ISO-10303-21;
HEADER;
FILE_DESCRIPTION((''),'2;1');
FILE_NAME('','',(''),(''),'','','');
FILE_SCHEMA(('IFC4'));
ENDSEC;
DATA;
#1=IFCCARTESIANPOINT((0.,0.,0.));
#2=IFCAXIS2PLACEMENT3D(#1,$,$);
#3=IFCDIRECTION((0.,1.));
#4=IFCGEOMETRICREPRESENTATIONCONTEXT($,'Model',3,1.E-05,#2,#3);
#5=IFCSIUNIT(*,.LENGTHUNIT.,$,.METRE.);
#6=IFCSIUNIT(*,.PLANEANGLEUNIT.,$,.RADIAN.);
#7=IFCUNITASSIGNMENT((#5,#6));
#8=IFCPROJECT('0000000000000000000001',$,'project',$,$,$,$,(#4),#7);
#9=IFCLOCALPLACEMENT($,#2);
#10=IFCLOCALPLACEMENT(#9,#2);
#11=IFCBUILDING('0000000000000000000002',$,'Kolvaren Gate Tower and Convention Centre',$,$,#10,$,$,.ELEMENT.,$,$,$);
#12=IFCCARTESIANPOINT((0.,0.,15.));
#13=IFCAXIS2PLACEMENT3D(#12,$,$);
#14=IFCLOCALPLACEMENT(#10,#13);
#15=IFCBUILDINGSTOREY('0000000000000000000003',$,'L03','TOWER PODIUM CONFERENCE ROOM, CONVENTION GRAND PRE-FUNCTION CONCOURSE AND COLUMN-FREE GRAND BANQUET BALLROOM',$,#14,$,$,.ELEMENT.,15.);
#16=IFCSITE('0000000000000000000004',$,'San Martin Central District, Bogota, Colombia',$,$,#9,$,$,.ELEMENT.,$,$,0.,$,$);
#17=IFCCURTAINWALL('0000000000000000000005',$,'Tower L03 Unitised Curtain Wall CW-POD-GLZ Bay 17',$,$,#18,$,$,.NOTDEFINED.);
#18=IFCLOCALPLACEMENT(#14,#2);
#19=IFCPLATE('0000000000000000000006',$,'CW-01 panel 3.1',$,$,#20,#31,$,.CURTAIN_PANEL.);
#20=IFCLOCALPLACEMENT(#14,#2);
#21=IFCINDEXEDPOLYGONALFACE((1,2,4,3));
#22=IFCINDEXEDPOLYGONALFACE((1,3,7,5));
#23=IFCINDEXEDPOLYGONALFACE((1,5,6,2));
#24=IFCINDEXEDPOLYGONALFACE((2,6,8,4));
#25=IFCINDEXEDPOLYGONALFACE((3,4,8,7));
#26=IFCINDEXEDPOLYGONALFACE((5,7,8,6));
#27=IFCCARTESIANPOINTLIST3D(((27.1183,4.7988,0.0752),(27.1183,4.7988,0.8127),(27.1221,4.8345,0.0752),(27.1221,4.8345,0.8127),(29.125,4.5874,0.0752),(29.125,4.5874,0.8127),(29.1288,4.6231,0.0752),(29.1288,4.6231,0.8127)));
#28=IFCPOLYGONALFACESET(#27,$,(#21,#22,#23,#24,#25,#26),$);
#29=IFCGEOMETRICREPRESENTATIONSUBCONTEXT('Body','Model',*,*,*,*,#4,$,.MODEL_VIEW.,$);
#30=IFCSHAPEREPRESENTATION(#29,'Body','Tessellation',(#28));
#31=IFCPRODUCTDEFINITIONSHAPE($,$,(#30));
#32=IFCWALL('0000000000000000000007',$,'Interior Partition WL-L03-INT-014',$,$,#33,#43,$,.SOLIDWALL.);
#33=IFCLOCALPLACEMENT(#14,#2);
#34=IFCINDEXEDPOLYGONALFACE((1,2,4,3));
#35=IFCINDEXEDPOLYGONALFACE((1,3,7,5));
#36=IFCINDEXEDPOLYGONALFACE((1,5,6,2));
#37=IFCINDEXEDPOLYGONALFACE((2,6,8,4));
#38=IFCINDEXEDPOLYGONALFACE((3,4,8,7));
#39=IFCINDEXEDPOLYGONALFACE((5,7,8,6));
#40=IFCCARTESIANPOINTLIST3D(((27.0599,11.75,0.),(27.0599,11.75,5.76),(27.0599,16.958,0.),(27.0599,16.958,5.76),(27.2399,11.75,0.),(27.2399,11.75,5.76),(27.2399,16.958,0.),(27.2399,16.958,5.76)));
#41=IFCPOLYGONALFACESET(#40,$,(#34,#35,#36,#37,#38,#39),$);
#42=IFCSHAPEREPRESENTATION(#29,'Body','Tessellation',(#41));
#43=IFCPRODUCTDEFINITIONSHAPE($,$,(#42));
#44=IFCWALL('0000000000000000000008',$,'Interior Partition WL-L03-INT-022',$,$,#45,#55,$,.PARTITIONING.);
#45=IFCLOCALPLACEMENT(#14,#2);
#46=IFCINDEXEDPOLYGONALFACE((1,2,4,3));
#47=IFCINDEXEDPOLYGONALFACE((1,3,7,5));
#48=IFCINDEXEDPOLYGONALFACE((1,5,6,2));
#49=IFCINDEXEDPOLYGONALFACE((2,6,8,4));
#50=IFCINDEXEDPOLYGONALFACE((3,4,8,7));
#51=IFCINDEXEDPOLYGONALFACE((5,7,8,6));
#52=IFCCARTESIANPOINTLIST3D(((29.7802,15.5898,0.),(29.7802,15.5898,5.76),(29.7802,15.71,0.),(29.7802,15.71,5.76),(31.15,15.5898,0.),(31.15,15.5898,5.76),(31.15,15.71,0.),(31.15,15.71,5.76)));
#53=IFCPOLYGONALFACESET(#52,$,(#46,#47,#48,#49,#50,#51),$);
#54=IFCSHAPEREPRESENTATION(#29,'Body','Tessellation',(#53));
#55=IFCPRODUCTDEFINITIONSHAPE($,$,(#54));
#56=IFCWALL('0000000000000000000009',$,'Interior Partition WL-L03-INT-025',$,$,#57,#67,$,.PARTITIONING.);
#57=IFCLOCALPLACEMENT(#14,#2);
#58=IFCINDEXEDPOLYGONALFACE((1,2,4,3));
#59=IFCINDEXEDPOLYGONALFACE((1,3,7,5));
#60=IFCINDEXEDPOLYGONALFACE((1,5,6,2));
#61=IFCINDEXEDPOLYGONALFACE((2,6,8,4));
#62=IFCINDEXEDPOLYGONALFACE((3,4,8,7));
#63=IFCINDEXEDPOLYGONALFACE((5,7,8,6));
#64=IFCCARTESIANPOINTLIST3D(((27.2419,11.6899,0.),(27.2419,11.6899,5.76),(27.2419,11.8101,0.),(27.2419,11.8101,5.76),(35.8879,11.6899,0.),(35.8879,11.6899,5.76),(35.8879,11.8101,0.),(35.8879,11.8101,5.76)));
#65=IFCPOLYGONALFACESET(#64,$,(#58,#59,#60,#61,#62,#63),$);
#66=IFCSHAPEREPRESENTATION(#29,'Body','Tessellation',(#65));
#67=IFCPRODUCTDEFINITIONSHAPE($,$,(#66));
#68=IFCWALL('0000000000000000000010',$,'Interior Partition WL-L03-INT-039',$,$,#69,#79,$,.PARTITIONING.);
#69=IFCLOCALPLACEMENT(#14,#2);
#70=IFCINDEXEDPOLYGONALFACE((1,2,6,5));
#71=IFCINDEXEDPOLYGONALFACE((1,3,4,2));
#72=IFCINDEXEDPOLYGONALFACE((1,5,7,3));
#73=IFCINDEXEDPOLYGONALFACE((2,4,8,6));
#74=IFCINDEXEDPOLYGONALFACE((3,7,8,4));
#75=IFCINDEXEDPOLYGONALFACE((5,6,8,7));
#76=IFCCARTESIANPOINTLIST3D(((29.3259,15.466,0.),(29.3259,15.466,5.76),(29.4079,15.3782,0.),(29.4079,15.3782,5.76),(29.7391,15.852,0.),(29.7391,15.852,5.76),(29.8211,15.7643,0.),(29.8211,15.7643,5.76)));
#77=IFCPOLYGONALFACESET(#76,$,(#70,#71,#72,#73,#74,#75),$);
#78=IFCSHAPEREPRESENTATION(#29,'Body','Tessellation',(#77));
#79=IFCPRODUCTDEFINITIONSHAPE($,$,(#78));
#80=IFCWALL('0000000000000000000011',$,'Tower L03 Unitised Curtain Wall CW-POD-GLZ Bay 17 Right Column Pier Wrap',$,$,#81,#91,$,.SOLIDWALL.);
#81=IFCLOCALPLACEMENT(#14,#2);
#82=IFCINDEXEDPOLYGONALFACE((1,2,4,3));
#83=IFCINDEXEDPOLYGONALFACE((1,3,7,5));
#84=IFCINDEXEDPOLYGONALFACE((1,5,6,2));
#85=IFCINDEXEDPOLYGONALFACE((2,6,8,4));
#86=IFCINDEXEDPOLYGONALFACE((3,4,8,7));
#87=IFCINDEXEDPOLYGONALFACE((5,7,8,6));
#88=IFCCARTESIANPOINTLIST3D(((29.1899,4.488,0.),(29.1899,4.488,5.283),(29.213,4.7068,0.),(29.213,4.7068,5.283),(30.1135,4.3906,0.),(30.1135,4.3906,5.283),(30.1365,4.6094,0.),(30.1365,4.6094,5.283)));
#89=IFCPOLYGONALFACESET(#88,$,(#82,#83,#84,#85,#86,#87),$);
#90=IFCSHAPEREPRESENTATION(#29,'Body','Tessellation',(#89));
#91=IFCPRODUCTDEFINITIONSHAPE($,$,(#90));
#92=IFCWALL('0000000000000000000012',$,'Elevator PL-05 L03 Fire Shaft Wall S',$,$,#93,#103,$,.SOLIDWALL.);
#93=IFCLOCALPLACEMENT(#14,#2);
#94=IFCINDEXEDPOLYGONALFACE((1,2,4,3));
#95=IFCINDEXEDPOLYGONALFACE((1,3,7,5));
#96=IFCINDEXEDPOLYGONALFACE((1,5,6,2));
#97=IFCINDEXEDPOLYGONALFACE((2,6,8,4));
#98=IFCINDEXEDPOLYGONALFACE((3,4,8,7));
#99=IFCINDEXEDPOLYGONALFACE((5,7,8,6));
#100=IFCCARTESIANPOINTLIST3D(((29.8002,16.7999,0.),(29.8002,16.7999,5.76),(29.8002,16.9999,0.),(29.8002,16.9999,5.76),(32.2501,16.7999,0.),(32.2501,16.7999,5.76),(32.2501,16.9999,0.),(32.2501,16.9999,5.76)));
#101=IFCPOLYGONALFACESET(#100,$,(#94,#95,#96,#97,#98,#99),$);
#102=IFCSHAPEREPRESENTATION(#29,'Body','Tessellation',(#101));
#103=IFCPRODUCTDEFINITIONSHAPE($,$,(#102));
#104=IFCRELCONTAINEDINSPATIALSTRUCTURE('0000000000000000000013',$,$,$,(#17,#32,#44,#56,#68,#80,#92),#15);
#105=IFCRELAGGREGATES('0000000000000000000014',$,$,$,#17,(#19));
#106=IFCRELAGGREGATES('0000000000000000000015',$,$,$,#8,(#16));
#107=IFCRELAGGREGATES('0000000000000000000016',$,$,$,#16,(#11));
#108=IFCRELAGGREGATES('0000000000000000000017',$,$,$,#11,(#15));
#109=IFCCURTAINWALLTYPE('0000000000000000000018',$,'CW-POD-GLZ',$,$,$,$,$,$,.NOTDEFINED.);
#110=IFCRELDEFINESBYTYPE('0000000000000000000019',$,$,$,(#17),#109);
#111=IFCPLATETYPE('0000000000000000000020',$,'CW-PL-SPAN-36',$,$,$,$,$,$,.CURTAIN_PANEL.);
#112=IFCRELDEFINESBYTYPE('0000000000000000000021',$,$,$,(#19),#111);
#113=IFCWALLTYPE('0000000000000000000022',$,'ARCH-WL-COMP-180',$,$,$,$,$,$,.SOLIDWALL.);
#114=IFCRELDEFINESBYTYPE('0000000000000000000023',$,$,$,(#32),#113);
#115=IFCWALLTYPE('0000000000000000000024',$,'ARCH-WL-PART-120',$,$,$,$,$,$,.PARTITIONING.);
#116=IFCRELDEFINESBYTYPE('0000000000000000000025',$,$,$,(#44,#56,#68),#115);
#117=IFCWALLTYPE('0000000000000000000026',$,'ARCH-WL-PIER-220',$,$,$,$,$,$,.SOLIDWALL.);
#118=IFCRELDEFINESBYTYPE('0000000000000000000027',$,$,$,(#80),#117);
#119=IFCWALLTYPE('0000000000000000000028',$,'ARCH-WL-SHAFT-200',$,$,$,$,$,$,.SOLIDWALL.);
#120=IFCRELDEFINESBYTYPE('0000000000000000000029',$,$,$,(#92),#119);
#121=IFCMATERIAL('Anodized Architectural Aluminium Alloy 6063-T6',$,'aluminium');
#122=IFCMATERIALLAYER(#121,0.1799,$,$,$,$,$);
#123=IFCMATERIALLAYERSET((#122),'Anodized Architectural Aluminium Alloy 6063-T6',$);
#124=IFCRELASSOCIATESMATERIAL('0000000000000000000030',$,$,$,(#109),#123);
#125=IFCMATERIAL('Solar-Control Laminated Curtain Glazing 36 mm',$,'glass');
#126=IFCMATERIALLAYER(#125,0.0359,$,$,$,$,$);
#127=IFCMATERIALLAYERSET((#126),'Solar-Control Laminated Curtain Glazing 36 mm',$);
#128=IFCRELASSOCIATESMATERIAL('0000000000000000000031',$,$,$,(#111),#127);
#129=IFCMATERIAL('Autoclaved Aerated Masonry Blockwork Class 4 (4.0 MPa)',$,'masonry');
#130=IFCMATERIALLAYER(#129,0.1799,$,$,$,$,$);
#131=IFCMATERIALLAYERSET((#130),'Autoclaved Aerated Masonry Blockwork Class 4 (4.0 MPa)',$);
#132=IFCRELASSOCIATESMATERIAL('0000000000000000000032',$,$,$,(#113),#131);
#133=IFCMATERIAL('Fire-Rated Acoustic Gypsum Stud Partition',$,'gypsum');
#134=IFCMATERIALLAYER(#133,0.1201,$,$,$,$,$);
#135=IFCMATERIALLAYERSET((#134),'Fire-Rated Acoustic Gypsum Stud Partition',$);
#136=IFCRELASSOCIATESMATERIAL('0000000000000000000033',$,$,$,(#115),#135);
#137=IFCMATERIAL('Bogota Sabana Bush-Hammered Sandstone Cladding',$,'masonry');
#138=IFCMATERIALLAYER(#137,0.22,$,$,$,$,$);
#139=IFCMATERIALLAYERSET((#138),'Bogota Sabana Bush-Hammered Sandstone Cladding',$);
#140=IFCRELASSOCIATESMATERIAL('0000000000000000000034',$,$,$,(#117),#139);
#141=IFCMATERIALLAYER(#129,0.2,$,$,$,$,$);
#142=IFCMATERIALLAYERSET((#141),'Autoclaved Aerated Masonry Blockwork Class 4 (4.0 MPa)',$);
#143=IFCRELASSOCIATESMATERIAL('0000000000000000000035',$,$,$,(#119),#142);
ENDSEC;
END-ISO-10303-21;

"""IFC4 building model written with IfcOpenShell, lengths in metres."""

from ifc_helpers import new_model, si_unit, direction, frame, frame_2d, origin, origin_2d, place, context, subcontext, project, spatial, rectangle, extrude, material, layer, layer_set, type_object, element, aggregate, save


model = new_model("IFC4")

# Units and contexts
model_context = context("Model", 3, precision=1e-05, world=origin(), true_north=direction((0.0, 1.0)))
body_context = subcontext(model_context, "Body", "Model", "MODEL_VIEW")
ifc_project = project(units=[si_unit("LENGTHUNIT", "METRE"), si_unit("PLANEANGLEUNIT", "RADIAN")], contexts=[model_context])

# Site, building, storey
site_placement = place(None, origin())
site = spatial("IfcSite", under=ifc_project, at=site_placement, Name="San Martin Central District, Bogota, Colombia", CompositionType="ELEMENT", RefElevation=0.0)
building_placement = place(site_placement, origin())
building = spatial("IfcBuilding", under=site, at=building_placement, Name="Kolvaren Gate Tower and Convention Centre", CompositionType="ELEMENT")
storey_placement = place(building_placement, frame((0.0, 0.0, 15.0)))
storey = spatial("IfcBuildingStorey", under=building, at=storey_placement, Name="L03", Description="TOWER PODIUM CONFERENCE ROOM, CONVENTION GRAND PRE-FUNCTION CONCOURSE AND COLUMN-FREE GRAND BANQUET BALLROOM", CompositionType="ELEMENT", Elevation=15.0)

# Curtain wall
ifc_material_1 = material(Name="Anodized Architectural Aluminium Alloy 6063-T6", Category="aluminium")
ifc_layer_1 = layer(ifc_material_1, 0.1799)
ifc_layer_set_1 = layer_set([ifc_layer_1], Name="Anodized Architectural Aluminium Alloy 6063-T6")
curtain_wall_type = type_object("IfcCurtainWallType", Name="CW-POD-GLZ", PredefinedType="NOTDEFINED", material=ifc_layer_set_1)
curtain_wall_placement = place(storey_placement, origin())
curtain_wall = element("IfcCurtainWall", 1, at=curtain_wall_placement, inside=storey, type_object=curtain_wall_type, Name="Tower L03 Unitised Curtain Wall CW-POD-GLZ Bay 17", PredefinedType="NOTDEFINED")

# Plate
ifc_material_2 = material(Name="Solar-Control Laminated Curtain Glazing 36 mm", Category="glass")
ifc_layer_2 = layer(ifc_material_2, 0.0359)
ifc_layer_set_2 = layer_set([ifc_layer_2], Name="Solar-Control Laminated Curtain Glazing 36 mm")
plate_type_1 = type_object("IfcPlateType", Name="CW-PL-SPAN-36", PredefinedType="CURTAIN_PANEL", material=ifc_layer_set_2)
plate_1_placement = place(storey_placement, frame((28.1235, 4.7109, 0.0752), z_axis=(0.0, 0.0, 1.0), x_axis=(0.994499, -0.104742, 0.0)))
plate_1 = element("IfcPlate", 2, at=plate_1_placement, type_object=plate_type_1, Name="CW-01 panel 3.1", PredefinedType="CURTAIN_PANEL", context=body_context, shape_type="SweptSolid", body=[
    extrude(rectangle(XDim=2.0178, YDim=0.0359, at=origin_2d()), origin(), (0.0, 0.0, 1.0), 0.7375),
])
aggregate(curtain_wall, [plate_1])

# Walls
ifc_material_3 = material(Name="Autoclaved Aerated Masonry Blockwork Class 4 (4.0 MPa)", Category="masonry")
ifc_layer_3 = layer(ifc_material_3, 0.1799)
ifc_layer_set_3 = layer_set([ifc_layer_3], Name="Autoclaved Aerated Masonry Blockwork Class 4 (4.0 MPa)")
wall_type_1 = type_object("IfcWallType", Name="ARCH-WL-COMP-180", PredefinedType="SOLIDWALL", material=ifc_layer_set_3)
wall_1_placement = place(storey_placement, frame((27.1499, 11.75, 0.0), z_axis=(0.0, 0.0, 1.0), x_axis=(0.0, 1.0, 0.0)))
element("IfcWall", 3, at=wall_1_placement, inside=storey, type_object=wall_type_1, Name="Interior Partition WL-L03-INT-014", PredefinedType="SOLIDWALL", context=body_context, shape_type="SweptSolid", body=[
    extrude(rectangle(XDim=5.208, YDim=0.1799, at=frame_2d((2.604, 0.0))), origin(), (0.0, 0.0, 1.0), 5.76),
])
ifc_material_4 = material(Name="Fire-Rated Acoustic Gypsum Stud Partition", Category="gypsum")
ifc_layer_4 = layer(ifc_material_4, 0.1201)
ifc_layer_set_4 = layer_set([ifc_layer_4], Name="Fire-Rated Acoustic Gypsum Stud Partition")
wall_type_2 = type_object("IfcWallType", Name="ARCH-WL-PART-120", PredefinedType="PARTITIONING", material=ifc_layer_set_4)
wall_2_placement = place(storey_placement, frame((29.78, 15.6499, 0.0), z_axis=(0.0, 0.0, 1.0), x_axis=(1.0, 0.0, 0.0)))
element("IfcWall", 4, at=wall_2_placement, inside=storey, type_object=wall_type_2, Name="Interior Partition WL-L03-INT-022", PredefinedType="PARTITIONING", context=body_context, shape_type="SweptSolid", body=[
    extrude(rectangle(XDim=1.3699, YDim=0.1201, at=frame_2d((0.6851, 0.0))), origin(), (0.0, 0.0, 1.0), 5.76),
])
wall_3_placement = place(storey_placement, frame((27.2419, 11.75, 0.0), z_axis=(0.0, 0.0, 1.0), x_axis=(1.0, 0.0, 0.0)))
element("IfcWall", 5, at=wall_3_placement, inside=storey, type_object=wall_type_2, Name="Interior Partition WL-L03-INT-025", PredefinedType="PARTITIONING", context=body_context, shape_type="SweptSolid", body=[
    extrude(rectangle(XDim=8.646, YDim=0.1201, at=frame_2d((4.323, 0.0))), origin(), (0.0, 0.0, 1.0), 5.76),
])
wall_4_placement = place(storey_placement, frame((29.3669, 15.4221, 0.0), z_axis=(0.0, 0.0, 1.0), x_axis=(0.730667, 0.682734, 0.0)))
element("IfcWall", 6, at=wall_4_placement, inside=storey, type_object=wall_type_2, Name="Interior Partition WL-L03-INT-039", PredefinedType="PARTITIONING", context=body_context, shape_type="SweptSolid", body=[
    extrude(rectangle(XDim=0.5654, YDim=0.1201, at=frame_2d((0.2827, 0.0))), origin(), (0.0, 0.0, 1.0), 5.76),
])
ifc_material_5 = material(Name="Bogota Sabana Bush-Hammered Sandstone Cladding", Category="masonry")
ifc_layer_5 = layer(ifc_material_5, 0.22)
ifc_layer_set_5 = layer_set([ifc_layer_5], Name="Bogota Sabana Bush-Hammered Sandstone Cladding")
wall_type_3 = type_object("IfcWallType", Name="ARCH-WL-PIER-220", PredefinedType="SOLIDWALL", material=ifc_layer_set_5)
wall_5_placement = place(storey_placement, frame((29.2014, 4.5974, 0.0), z_axis=(0.0, 0.0, 1.0), x_axis=(0.994484, -0.10489, 0.0)))
element("IfcWall", 7, at=wall_5_placement, inside=storey, type_object=wall_type_3, Name="Tower L03 Unitised Curtain Wall CW-POD-GLZ Bay 17 Right Column Pier Wrap", PredefinedType="SOLIDWALL", context=body_context, shape_type="SweptSolid", body=[
    extrude(rectangle(XDim=0.9287, YDim=0.22, at=frame_2d((0.4644, 0.0))), origin(), (0.0, 0.0, 1.0), 5.283),
])
ifc_layer_6 = layer(ifc_material_3, 0.2)
ifc_layer_set_6 = layer_set([ifc_layer_6], Name="Autoclaved Aerated Masonry Blockwork Class 4 (4.0 MPa)")
wall_type_4 = type_object("IfcWallType", Name="ARCH-WL-SHAFT-200", PredefinedType="SOLIDWALL", material=ifc_layer_set_6)
wall_6_placement = place(storey_placement, frame((29.8, 16.8999, 0.0), z_axis=(0.0, 0.0, 1.0), x_axis=(1.0, 0.0, 0.0)))
element("IfcWall", 8, at=wall_6_placement, inside=storey, type_object=wall_type_4, Name="Elevator PL-05 L03 Fire Shaft Wall S", PredefinedType="SOLIDWALL", context=body_context, shape_type="SweptSolid", body=[
    extrude(rectangle(XDim=2.45, YDim=0.2, at=frame_2d((1.2251, 0.0))), origin(), (0.0, 0.0, 1.0), 5.76),
])

save(model, "model.ifc")
